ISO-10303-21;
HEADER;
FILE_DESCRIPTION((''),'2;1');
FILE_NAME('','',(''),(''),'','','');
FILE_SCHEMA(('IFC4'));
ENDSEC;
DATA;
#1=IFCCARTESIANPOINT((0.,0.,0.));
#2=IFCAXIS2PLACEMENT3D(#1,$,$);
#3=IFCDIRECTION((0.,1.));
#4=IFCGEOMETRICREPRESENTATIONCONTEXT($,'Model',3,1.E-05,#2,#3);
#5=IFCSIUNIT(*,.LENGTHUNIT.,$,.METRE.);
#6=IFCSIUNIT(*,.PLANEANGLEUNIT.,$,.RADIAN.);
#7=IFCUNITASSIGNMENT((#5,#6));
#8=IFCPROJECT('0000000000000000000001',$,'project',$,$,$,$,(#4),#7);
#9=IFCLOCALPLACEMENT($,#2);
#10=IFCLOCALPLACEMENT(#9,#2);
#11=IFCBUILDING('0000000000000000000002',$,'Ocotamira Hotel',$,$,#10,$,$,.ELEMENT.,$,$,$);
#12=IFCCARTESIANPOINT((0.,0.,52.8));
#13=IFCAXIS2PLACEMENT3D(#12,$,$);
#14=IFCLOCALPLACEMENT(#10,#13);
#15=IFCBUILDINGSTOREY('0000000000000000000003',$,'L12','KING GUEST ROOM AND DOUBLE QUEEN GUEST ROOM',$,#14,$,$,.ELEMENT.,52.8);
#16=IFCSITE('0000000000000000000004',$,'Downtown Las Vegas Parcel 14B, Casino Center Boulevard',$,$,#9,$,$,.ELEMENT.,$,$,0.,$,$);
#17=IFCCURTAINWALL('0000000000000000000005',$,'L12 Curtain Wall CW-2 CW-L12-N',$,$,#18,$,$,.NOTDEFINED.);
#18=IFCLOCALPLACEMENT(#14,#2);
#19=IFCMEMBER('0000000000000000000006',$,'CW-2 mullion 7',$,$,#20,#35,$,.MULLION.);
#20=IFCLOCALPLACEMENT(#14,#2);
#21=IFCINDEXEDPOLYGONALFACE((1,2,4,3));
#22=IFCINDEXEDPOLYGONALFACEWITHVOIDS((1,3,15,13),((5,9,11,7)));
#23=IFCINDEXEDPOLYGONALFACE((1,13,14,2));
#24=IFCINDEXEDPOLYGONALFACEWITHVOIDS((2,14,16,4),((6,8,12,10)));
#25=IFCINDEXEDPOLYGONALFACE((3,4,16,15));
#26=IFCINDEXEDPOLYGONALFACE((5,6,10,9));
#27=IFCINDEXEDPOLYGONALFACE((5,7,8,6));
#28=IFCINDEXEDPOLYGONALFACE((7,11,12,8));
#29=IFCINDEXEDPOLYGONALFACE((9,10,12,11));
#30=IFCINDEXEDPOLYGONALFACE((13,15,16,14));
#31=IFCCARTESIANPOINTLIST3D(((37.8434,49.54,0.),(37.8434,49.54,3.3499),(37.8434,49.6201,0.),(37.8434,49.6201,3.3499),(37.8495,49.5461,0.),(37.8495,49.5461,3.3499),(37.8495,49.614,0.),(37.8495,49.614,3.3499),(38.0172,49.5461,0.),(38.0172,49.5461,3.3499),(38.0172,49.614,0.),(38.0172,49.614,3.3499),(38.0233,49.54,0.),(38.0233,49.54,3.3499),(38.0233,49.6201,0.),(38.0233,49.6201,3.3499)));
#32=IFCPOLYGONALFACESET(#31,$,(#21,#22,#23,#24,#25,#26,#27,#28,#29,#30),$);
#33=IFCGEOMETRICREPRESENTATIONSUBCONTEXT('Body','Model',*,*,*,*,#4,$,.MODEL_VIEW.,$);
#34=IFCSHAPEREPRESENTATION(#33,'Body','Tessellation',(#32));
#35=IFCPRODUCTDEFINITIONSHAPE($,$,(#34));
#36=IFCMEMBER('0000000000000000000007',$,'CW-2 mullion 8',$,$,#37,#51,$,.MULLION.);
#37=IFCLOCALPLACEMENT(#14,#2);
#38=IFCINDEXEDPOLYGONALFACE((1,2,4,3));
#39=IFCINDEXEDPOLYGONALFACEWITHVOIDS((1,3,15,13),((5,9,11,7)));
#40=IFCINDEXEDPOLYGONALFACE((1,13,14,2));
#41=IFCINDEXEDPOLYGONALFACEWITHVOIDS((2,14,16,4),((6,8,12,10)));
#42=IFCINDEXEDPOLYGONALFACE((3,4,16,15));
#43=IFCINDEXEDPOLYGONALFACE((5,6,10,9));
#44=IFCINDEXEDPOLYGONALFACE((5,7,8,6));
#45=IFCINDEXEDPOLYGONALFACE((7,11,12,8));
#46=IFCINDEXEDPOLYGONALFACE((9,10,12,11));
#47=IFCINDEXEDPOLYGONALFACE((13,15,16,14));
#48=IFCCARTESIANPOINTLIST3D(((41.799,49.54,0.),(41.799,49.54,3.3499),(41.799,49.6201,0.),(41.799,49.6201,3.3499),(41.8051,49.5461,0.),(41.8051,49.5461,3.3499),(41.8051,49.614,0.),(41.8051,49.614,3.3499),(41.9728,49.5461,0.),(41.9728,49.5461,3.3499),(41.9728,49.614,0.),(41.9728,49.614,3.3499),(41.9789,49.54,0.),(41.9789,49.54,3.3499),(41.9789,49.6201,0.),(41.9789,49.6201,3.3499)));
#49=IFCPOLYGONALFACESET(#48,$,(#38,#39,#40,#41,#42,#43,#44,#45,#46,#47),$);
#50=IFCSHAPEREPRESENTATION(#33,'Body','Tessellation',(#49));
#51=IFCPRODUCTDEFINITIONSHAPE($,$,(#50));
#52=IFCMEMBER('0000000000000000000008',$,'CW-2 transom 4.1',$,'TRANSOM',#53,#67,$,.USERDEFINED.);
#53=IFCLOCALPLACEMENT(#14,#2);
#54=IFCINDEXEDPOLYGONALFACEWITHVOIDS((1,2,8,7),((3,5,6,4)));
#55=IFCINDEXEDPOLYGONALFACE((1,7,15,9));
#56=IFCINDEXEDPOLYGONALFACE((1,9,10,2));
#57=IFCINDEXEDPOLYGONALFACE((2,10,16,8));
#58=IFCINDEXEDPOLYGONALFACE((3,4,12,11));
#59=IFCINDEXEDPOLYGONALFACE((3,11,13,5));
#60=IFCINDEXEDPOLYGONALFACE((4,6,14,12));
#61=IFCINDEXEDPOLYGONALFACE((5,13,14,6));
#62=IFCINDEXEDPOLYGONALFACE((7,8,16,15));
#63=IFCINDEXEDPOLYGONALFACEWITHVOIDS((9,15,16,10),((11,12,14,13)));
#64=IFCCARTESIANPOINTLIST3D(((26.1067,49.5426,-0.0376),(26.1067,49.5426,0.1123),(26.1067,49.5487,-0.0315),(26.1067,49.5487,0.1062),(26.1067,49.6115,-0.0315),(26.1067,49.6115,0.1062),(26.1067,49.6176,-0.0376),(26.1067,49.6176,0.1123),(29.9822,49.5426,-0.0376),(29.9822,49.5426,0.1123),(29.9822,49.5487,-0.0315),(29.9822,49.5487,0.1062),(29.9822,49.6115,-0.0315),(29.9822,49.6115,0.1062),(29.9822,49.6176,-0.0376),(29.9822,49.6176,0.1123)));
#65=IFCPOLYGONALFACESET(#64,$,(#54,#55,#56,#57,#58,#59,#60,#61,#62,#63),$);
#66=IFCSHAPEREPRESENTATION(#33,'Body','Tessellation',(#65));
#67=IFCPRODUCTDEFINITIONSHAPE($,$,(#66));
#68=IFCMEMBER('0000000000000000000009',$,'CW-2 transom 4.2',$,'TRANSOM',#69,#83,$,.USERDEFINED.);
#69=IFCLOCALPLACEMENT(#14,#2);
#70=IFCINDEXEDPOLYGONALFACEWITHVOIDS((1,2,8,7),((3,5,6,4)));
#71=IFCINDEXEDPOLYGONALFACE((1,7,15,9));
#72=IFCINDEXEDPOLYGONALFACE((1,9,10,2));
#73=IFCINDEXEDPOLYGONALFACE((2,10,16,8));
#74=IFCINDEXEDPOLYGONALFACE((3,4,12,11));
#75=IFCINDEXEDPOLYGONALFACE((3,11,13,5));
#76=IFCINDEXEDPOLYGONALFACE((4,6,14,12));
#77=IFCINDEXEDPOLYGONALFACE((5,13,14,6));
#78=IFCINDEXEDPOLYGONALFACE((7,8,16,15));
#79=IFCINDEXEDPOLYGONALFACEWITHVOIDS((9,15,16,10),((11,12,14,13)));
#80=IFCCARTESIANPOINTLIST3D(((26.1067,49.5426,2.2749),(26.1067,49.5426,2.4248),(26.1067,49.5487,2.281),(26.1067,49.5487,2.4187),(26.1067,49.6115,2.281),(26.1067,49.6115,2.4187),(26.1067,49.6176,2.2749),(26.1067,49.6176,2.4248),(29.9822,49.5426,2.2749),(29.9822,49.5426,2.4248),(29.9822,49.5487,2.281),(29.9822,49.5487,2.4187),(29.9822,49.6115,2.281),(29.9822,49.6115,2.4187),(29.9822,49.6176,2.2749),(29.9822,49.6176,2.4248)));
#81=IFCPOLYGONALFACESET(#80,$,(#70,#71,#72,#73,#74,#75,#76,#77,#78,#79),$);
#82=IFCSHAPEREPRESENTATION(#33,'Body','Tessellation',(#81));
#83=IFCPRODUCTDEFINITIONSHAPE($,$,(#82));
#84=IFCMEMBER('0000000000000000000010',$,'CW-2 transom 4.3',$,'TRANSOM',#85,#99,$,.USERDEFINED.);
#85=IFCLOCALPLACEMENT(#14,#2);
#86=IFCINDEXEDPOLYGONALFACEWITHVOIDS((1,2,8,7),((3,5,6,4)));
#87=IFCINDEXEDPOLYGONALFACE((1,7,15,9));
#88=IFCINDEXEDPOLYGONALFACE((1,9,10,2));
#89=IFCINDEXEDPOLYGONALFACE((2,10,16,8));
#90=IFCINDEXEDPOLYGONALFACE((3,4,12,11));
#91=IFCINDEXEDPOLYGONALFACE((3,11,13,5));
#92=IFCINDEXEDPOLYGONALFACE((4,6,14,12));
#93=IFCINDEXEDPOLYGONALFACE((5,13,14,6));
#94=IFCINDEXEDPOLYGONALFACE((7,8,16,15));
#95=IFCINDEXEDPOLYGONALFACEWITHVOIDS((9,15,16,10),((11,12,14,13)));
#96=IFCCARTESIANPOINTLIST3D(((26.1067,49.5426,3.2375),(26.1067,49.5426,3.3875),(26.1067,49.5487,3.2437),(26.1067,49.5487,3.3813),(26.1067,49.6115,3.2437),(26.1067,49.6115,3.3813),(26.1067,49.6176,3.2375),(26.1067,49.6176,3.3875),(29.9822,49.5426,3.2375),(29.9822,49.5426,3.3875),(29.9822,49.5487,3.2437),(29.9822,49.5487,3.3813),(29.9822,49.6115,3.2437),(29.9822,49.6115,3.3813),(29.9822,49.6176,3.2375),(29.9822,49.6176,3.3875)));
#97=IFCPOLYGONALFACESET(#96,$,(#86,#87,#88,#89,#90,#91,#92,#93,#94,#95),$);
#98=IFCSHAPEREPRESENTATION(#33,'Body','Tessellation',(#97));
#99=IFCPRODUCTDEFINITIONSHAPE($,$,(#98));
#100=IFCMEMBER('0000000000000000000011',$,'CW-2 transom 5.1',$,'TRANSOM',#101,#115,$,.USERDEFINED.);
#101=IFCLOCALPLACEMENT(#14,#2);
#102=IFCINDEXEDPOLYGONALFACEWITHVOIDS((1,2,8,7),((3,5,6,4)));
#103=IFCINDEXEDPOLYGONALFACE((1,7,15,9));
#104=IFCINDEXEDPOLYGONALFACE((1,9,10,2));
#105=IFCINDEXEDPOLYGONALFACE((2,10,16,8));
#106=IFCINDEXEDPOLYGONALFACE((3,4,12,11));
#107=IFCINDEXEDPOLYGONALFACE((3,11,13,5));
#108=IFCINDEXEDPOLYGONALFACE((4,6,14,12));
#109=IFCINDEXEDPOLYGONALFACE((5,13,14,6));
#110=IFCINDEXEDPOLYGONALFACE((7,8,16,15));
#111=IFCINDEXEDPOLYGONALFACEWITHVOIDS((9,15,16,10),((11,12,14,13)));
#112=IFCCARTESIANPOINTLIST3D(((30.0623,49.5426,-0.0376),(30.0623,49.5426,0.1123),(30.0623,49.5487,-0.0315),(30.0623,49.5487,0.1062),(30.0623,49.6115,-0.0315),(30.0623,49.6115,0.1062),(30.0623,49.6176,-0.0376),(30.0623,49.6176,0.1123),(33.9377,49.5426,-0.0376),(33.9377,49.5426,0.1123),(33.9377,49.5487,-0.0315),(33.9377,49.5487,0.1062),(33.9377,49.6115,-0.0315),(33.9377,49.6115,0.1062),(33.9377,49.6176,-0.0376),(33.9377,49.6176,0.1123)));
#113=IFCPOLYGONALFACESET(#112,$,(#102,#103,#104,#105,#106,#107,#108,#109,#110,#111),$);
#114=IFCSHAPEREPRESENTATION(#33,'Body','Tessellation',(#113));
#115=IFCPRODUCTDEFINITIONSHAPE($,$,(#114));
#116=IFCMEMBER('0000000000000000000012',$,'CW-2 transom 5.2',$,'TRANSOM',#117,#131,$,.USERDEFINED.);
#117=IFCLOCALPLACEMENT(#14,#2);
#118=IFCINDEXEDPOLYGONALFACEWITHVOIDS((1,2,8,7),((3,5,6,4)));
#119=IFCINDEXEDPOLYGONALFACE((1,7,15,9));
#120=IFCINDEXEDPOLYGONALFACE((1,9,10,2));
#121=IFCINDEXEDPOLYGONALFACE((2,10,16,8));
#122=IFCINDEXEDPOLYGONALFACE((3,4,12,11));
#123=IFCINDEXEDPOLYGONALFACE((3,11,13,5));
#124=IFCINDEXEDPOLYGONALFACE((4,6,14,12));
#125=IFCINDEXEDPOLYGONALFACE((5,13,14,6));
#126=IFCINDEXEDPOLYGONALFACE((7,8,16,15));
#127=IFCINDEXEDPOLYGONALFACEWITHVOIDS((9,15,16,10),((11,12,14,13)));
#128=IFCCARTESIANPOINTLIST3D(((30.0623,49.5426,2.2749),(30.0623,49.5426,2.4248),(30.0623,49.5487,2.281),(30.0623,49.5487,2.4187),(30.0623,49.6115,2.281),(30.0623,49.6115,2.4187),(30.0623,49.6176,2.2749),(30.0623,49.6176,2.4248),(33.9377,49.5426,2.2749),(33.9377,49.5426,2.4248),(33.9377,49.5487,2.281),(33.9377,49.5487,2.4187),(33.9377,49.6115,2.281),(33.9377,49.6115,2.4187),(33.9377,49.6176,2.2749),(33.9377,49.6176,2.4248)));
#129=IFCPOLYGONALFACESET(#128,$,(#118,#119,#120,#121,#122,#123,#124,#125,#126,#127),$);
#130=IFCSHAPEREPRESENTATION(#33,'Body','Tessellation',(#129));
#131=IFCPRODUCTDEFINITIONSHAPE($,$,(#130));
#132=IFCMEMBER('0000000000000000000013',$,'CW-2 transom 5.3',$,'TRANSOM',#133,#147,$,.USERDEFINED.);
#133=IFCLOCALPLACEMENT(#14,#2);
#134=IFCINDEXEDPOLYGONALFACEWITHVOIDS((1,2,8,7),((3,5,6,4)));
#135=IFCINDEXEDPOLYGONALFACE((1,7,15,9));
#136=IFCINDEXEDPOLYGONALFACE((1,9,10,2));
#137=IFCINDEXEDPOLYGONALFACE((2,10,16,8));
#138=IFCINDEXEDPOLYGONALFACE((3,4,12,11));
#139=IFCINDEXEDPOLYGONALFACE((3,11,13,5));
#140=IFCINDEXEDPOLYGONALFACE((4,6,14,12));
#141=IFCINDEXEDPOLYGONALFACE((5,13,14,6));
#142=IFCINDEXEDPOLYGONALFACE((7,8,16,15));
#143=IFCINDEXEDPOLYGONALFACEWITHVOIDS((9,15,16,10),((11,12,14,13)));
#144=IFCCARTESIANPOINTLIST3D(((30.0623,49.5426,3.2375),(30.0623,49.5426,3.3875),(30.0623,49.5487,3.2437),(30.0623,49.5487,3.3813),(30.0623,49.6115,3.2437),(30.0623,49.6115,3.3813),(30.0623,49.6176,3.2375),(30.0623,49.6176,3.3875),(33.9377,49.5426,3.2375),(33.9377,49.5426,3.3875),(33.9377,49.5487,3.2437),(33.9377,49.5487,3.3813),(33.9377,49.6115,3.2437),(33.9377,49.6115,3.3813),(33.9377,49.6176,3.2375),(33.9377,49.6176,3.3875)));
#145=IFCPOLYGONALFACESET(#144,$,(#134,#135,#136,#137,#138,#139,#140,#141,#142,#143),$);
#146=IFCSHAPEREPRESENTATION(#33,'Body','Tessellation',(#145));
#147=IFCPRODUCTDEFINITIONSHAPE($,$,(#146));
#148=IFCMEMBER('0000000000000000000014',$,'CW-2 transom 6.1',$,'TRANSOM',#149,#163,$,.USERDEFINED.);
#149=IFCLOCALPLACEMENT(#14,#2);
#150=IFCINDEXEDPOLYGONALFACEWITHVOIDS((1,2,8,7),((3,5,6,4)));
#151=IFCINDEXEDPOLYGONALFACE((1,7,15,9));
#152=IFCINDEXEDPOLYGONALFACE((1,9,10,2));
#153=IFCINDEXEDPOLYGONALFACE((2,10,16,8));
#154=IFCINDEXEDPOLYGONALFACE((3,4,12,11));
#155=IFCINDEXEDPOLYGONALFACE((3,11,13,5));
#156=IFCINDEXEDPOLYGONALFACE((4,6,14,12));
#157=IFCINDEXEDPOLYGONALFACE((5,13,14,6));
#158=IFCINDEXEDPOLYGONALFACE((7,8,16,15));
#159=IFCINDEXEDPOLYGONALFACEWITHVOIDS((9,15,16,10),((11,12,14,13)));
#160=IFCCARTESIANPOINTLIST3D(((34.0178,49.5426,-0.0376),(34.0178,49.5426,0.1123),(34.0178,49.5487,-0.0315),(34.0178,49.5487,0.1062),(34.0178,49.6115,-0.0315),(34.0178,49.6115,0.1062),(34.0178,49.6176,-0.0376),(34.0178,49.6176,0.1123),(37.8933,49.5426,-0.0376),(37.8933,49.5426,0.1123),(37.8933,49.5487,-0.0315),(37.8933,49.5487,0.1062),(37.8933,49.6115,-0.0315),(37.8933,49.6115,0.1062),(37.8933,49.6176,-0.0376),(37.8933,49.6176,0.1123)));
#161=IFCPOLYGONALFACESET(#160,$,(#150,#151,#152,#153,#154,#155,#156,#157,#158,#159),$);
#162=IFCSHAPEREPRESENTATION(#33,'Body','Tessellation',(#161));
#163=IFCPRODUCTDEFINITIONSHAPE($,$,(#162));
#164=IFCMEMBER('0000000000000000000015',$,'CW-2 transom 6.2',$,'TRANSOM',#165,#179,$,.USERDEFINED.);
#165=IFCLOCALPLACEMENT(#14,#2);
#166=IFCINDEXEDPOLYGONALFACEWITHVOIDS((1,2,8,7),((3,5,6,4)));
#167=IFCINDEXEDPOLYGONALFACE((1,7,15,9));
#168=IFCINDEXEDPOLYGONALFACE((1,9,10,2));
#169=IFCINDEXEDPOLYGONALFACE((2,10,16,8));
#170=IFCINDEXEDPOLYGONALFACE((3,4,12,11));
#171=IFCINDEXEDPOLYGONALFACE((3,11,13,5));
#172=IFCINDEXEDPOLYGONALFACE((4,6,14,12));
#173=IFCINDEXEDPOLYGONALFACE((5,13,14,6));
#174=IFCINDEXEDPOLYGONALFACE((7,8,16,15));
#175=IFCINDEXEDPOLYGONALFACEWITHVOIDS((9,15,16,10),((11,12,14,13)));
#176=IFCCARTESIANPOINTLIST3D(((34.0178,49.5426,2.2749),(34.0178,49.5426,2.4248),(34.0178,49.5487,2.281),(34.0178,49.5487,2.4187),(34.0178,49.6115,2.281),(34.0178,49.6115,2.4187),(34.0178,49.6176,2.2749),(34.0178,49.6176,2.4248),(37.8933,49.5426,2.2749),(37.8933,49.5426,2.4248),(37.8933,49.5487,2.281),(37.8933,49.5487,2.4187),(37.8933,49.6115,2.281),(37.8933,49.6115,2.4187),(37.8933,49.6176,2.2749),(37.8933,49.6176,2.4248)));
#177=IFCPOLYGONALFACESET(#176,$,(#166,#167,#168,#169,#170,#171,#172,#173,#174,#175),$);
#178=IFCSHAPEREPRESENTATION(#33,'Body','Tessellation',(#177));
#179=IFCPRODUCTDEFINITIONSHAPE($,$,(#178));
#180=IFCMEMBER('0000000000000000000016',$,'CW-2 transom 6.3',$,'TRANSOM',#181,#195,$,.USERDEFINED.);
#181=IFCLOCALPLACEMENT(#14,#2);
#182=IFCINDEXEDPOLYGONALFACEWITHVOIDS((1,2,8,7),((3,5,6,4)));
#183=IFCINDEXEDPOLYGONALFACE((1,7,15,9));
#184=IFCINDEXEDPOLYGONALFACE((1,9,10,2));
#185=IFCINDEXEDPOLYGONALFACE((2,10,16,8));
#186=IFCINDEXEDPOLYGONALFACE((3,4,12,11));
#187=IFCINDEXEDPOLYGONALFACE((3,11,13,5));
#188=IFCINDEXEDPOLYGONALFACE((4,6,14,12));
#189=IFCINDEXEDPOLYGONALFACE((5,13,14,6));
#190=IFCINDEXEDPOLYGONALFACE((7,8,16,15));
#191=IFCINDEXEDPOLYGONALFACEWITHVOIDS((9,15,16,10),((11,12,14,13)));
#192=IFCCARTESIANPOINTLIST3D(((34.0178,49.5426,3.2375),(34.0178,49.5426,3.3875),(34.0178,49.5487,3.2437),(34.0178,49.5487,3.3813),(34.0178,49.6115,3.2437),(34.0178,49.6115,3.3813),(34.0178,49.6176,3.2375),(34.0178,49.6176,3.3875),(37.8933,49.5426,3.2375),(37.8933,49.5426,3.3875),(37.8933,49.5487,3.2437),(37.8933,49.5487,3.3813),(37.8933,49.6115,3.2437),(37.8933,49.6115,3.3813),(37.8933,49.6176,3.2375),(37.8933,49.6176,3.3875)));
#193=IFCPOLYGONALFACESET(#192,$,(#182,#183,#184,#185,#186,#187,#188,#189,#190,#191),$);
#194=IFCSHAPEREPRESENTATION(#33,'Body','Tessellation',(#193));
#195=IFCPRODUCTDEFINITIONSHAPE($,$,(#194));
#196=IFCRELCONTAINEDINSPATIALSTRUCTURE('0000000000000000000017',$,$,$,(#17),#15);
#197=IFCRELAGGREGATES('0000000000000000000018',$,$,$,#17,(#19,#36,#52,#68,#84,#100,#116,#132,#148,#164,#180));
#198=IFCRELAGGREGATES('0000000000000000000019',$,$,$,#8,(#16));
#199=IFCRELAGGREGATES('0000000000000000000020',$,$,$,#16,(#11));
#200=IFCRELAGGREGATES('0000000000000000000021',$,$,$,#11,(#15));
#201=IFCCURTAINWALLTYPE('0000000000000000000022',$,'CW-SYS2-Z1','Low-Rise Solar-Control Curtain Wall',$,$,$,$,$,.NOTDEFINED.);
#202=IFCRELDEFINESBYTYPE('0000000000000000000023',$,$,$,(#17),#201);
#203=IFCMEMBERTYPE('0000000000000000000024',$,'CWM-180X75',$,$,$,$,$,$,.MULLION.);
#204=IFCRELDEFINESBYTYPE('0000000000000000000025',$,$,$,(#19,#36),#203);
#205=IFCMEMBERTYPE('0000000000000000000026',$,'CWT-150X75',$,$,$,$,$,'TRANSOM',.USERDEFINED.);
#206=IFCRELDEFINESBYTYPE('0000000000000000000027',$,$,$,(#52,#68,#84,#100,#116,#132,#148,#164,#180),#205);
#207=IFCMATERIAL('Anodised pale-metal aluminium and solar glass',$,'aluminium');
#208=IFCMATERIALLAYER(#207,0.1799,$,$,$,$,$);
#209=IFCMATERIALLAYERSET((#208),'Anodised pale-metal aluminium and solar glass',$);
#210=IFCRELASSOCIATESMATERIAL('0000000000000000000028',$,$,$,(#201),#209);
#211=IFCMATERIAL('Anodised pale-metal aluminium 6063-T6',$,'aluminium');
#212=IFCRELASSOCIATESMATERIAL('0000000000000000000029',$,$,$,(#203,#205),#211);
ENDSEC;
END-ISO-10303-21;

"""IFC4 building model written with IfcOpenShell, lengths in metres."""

from ifc_helpers import new_model, si_unit, direction, frame, origin, origin_2d, place, context, subcontext, project, spatial, hollow_rectangle, extrude, source, transform, mapped, material, layer, layer_set, material_profile, profile_set, type_object, element, aggregate, save


model = new_model("IFC4")

# Units and contexts
model_context = context("Model", 3, precision=1e-05, world=origin(), true_north=direction((0.0, 1.0)))
body_context = subcontext(model_context, "Body", "Model", "MODEL_VIEW")
ifc_project = project(units=[si_unit("LENGTHUNIT", "METRE"), si_unit("PLANEANGLEUNIT", "RADIAN")], contexts=[model_context])

# Site, building, storey
site_placement = place(None, origin())
site = spatial("IfcSite", under=ifc_project, at=site_placement, Name="Downtown Las Vegas Parcel 14B, Casino Center Boulevard", CompositionType="ELEMENT", RefElevation=0.0)
building_placement = place(site_placement, origin())
building = spatial("IfcBuilding", under=site, at=building_placement, Name="Ocotamira Hotel", CompositionType="ELEMENT")
storey_placement = place(building_placement, frame((0.0, 0.0, 52.8)))
storey = spatial("IfcBuildingStorey", under=building, at=storey_placement, Name="L12", Description="KING GUEST ROOM AND DOUBLE QUEEN GUEST ROOM", CompositionType="ELEMENT", Elevation=52.8)

# Curtain wall, members
ifc_material_1 = material(Name="Anodised pale-metal aluminium and solar glass", Category="aluminium")
ifc_layer_1 = layer(ifc_material_1, 0.1799)
ifc_layer_set_1 = layer_set([ifc_layer_1], Name="Anodised pale-metal aluminium and solar glass")
curtain_wall_type = type_object("IfcCurtainWallType", Name="CW-SYS2-Z1", Description="Low-Rise Solar-Control Curtain Wall", PredefinedType="NOTDEFINED", material=ifc_layer_set_1)
curtain_wall_placement = place(storey_placement, origin())
curtain_wall = element("IfcCurtainWall", 1, at=curtain_wall_placement, inside=storey, type_object=curtain_wall_type, Name="L12 Curtain Wall CW-2 CW-L12-N", PredefinedType="NOTDEFINED")
ifc_material_2 = material(Name="Anodised pale-metal aluminium 6063-T6", Category="aluminium")
ifc_material_profile_1 = material_profile(ifc_material_2, hollow_rectangle(XDim=0.0801, YDim=0.1799, WallThickness=0.0061, at=origin_2d()), Name="HSS180X80X6")
ifc_profile_set_1 = profile_set([ifc_material_profile_1], Name="Anodised pale-metal aluminium 6063-T6")
member_type_1 = type_object("IfcMemberType", Name="CWM-180X75", PredefinedType="MULLION", material=ifc_profile_set_1)
shared_shape_1 = source(origin(), body_context, "Body", "SweptSolid", [
    extrude(hollow_rectangle(XDim=0.0801, YDim=0.1799, WallThickness=0.0061, at=origin_2d()), origin(), (0.0, 0.0, 1.0), 3.3499),
])
member_1_placement = place(storey_placement, frame((37.9333, 49.5801, 0.0), z_axis=(0.0, 0.0, 1.0), x_axis=(0.0, 1.0, 0.0)))
member_1 = element("IfcMember", 2, at=member_1_placement, type_object=member_type_1, Name="CW-2 mullion 7", PredefinedType="MULLION", context=body_context, shape_type="MappedRepresentation", body=[
    mapped(shared_shape_1, transform((0.0, 0.0, 0.0), scale=1.0)),
])
member_2_placement = place(storey_placement, frame((41.8889, 49.5801, 0.0), z_axis=(0.0, 0.0, 1.0), x_axis=(0.0, 1.0, 0.0)))
member_2 = element("IfcMember", 3, at=member_2_placement, type_object=member_type_1, Name="CW-2 mullion 8", PredefinedType="MULLION", context=body_context, shape_type="MappedRepresentation", body=[
    mapped(shared_shape_1, transform((0.0, 0.0, 0.0), scale=1.0)),
])
ifc_material_profile_2 = material_profile(ifc_material_2, hollow_rectangle(XDim=0.075, YDim=0.1499, WallThickness=0.0061, at=origin_2d()), Name="HSS150X75X6")
ifc_profile_set_2 = profile_set([ifc_material_profile_2], Name="Anodised pale-metal aluminium 6063-T6")
member_type_2 = type_object("IfcMemberType", Name="CWT-150X75", ElementType="TRANSOM", PredefinedType="USERDEFINED", material=ifc_profile_set_2)
shared_shape_2 = source(origin(), body_context, "Body", "SweptSolid", [
    extrude(hollow_rectangle(XDim=0.075, YDim=0.1499, WallThickness=0.0061, at=origin_2d()), origin(), (0.0, 0.0, 1.0), 3.8755),
])
member_3_placement = place(storey_placement, frame((26.1067, 49.5801, 0.0374), z_axis=(1.0, 0.0, 0.0), x_axis=(0.0, 1.0, 0.0)))
member_3 = element("IfcMember", 4, at=member_3_placement, type_object=member_type_2, Name="CW-2 transom 4.1", ObjectType="TRANSOM", PredefinedType="USERDEFINED", context=body_context, shape_type="MappedRepresentation", body=[
    mapped(shared_shape_2, transform((0.0, 0.0, 0.0), scale=1.0)),
])
member_4_placement = place(storey_placement, frame((26.1067, 49.5801, 2.3499), z_axis=(1.0, 0.0, 0.0), x_axis=(0.0, 1.0, 0.0)))
member_4 = element("IfcMember", 5, at=member_4_placement, type_object=member_type_2, Name="CW-2 transom 4.2", ObjectType="TRANSOM", PredefinedType="USERDEFINED", context=body_context, shape_type="MappedRepresentation", body=[
    mapped(shared_shape_2, transform((0.0, 0.0, 0.0), scale=1.0)),
])
member_5_placement = place(storey_placement, frame((26.1067, 49.5801, 3.3125), z_axis=(1.0, 0.0, 0.0), x_axis=(0.0, 1.0, 0.0)))
member_5 = element("IfcMember", 6, at=member_5_placement, type_object=member_type_2, Name="CW-2 transom 4.3", ObjectType="TRANSOM", PredefinedType="USERDEFINED", context=body_context, shape_type="MappedRepresentation", body=[
    mapped(shared_shape_2, transform((0.0, 0.0, 0.0), scale=1.0)),
])
member_6_placement = place(storey_placement, frame((30.0623, 49.5801, 0.0374), z_axis=(1.0, 0.0, 0.0), x_axis=(0.0, 1.0, 0.0)))
member_6 = element("IfcMember", 7, at=member_6_placement, type_object=member_type_2, Name="CW-2 transom 5.1", ObjectType="TRANSOM", PredefinedType="USERDEFINED", context=body_context, shape_type="MappedRepresentation", body=[
    mapped(shared_shape_2, transform((0.0, 0.0, 0.0), scale=1.0)),
])
member_7_placement = place(storey_placement, frame((30.0623, 49.5801, 2.3499), z_axis=(1.0, 0.0, 0.0), x_axis=(0.0, 1.0, 0.0)))
member_7 = element("IfcMember", 8, at=member_7_placement, type_object=member_type_2, Name="CW-2 transom 5.2", ObjectType="TRANSOM", PredefinedType="USERDEFINED", context=body_context, shape_type="MappedRepresentation", body=[
    mapped(shared_shape_2, transform((0.0, 0.0, 0.0), scale=1.0)),
])
member_8_placement = place(storey_placement, frame((30.0623, 49.5801, 3.3125), z_axis=(1.0, 0.0, 0.0), x_axis=(0.0, 1.0, 0.0)))
member_8 = element("IfcMember", 9, at=member_8_placement, type_object=member_type_2, Name="CW-2 transom 5.3", ObjectType="TRANSOM", PredefinedType="USERDEFINED", context=body_context, shape_type="MappedRepresentation", body=[
    mapped(shared_shape_2, transform((0.0, 0.0, 0.0), scale=1.0)),
])
member_9_placement = place(storey_placement, frame((34.0178, 49.5801, 0.0374), z_axis=(1.0, 0.0, 0.0), x_axis=(0.0, 1.0, 0.0)))
member_9 = element("IfcMember", 10, at=member_9_placement, type_object=member_type_2, Name="CW-2 transom 6.1", ObjectType="TRANSOM", PredefinedType="USERDEFINED", context=body_context, shape_type="MappedRepresentation", body=[
    mapped(shared_shape_2, transform((0.0, 0.0, 0.0), scale=1.0)),
])
member_10_placement = place(storey_placement, frame((34.0178, 49.5801, 2.3499), z_axis=(1.0, 0.0, 0.0), x_axis=(0.0, 1.0, 0.0)))
member_10 = element("IfcMember", 11, at=member_10_placement, type_object=member_type_2, Name="CW-2 transom 6.2", ObjectType="TRANSOM", PredefinedType="USERDEFINED", context=body_context, shape_type="MappedRepresentation", body=[
    mapped(shared_shape_2, transform((0.0, 0.0, 0.0), scale=1.0)),
])
member_11_placement = place(storey_placement, frame((34.0178, 49.5801, 3.3125), z_axis=(1.0, 0.0, 0.0), x_axis=(0.0, 1.0, 0.0)))
member_11 = element("IfcMember", 12, at=member_11_placement, type_object=member_type_2, Name="CW-2 transom 6.3", ObjectType="TRANSOM", PredefinedType="USERDEFINED", context=body_context, shape_type="MappedRepresentation", body=[
    mapped(shared_shape_2, transform((0.0, 0.0, 0.0), scale=1.0)),
])

aggregate(curtain_wall, [member_1, member_2, member_3, member_4, member_5, member_6, member_7, member_8, member_9, member_10, member_11])

save(model, "model.ifc")
